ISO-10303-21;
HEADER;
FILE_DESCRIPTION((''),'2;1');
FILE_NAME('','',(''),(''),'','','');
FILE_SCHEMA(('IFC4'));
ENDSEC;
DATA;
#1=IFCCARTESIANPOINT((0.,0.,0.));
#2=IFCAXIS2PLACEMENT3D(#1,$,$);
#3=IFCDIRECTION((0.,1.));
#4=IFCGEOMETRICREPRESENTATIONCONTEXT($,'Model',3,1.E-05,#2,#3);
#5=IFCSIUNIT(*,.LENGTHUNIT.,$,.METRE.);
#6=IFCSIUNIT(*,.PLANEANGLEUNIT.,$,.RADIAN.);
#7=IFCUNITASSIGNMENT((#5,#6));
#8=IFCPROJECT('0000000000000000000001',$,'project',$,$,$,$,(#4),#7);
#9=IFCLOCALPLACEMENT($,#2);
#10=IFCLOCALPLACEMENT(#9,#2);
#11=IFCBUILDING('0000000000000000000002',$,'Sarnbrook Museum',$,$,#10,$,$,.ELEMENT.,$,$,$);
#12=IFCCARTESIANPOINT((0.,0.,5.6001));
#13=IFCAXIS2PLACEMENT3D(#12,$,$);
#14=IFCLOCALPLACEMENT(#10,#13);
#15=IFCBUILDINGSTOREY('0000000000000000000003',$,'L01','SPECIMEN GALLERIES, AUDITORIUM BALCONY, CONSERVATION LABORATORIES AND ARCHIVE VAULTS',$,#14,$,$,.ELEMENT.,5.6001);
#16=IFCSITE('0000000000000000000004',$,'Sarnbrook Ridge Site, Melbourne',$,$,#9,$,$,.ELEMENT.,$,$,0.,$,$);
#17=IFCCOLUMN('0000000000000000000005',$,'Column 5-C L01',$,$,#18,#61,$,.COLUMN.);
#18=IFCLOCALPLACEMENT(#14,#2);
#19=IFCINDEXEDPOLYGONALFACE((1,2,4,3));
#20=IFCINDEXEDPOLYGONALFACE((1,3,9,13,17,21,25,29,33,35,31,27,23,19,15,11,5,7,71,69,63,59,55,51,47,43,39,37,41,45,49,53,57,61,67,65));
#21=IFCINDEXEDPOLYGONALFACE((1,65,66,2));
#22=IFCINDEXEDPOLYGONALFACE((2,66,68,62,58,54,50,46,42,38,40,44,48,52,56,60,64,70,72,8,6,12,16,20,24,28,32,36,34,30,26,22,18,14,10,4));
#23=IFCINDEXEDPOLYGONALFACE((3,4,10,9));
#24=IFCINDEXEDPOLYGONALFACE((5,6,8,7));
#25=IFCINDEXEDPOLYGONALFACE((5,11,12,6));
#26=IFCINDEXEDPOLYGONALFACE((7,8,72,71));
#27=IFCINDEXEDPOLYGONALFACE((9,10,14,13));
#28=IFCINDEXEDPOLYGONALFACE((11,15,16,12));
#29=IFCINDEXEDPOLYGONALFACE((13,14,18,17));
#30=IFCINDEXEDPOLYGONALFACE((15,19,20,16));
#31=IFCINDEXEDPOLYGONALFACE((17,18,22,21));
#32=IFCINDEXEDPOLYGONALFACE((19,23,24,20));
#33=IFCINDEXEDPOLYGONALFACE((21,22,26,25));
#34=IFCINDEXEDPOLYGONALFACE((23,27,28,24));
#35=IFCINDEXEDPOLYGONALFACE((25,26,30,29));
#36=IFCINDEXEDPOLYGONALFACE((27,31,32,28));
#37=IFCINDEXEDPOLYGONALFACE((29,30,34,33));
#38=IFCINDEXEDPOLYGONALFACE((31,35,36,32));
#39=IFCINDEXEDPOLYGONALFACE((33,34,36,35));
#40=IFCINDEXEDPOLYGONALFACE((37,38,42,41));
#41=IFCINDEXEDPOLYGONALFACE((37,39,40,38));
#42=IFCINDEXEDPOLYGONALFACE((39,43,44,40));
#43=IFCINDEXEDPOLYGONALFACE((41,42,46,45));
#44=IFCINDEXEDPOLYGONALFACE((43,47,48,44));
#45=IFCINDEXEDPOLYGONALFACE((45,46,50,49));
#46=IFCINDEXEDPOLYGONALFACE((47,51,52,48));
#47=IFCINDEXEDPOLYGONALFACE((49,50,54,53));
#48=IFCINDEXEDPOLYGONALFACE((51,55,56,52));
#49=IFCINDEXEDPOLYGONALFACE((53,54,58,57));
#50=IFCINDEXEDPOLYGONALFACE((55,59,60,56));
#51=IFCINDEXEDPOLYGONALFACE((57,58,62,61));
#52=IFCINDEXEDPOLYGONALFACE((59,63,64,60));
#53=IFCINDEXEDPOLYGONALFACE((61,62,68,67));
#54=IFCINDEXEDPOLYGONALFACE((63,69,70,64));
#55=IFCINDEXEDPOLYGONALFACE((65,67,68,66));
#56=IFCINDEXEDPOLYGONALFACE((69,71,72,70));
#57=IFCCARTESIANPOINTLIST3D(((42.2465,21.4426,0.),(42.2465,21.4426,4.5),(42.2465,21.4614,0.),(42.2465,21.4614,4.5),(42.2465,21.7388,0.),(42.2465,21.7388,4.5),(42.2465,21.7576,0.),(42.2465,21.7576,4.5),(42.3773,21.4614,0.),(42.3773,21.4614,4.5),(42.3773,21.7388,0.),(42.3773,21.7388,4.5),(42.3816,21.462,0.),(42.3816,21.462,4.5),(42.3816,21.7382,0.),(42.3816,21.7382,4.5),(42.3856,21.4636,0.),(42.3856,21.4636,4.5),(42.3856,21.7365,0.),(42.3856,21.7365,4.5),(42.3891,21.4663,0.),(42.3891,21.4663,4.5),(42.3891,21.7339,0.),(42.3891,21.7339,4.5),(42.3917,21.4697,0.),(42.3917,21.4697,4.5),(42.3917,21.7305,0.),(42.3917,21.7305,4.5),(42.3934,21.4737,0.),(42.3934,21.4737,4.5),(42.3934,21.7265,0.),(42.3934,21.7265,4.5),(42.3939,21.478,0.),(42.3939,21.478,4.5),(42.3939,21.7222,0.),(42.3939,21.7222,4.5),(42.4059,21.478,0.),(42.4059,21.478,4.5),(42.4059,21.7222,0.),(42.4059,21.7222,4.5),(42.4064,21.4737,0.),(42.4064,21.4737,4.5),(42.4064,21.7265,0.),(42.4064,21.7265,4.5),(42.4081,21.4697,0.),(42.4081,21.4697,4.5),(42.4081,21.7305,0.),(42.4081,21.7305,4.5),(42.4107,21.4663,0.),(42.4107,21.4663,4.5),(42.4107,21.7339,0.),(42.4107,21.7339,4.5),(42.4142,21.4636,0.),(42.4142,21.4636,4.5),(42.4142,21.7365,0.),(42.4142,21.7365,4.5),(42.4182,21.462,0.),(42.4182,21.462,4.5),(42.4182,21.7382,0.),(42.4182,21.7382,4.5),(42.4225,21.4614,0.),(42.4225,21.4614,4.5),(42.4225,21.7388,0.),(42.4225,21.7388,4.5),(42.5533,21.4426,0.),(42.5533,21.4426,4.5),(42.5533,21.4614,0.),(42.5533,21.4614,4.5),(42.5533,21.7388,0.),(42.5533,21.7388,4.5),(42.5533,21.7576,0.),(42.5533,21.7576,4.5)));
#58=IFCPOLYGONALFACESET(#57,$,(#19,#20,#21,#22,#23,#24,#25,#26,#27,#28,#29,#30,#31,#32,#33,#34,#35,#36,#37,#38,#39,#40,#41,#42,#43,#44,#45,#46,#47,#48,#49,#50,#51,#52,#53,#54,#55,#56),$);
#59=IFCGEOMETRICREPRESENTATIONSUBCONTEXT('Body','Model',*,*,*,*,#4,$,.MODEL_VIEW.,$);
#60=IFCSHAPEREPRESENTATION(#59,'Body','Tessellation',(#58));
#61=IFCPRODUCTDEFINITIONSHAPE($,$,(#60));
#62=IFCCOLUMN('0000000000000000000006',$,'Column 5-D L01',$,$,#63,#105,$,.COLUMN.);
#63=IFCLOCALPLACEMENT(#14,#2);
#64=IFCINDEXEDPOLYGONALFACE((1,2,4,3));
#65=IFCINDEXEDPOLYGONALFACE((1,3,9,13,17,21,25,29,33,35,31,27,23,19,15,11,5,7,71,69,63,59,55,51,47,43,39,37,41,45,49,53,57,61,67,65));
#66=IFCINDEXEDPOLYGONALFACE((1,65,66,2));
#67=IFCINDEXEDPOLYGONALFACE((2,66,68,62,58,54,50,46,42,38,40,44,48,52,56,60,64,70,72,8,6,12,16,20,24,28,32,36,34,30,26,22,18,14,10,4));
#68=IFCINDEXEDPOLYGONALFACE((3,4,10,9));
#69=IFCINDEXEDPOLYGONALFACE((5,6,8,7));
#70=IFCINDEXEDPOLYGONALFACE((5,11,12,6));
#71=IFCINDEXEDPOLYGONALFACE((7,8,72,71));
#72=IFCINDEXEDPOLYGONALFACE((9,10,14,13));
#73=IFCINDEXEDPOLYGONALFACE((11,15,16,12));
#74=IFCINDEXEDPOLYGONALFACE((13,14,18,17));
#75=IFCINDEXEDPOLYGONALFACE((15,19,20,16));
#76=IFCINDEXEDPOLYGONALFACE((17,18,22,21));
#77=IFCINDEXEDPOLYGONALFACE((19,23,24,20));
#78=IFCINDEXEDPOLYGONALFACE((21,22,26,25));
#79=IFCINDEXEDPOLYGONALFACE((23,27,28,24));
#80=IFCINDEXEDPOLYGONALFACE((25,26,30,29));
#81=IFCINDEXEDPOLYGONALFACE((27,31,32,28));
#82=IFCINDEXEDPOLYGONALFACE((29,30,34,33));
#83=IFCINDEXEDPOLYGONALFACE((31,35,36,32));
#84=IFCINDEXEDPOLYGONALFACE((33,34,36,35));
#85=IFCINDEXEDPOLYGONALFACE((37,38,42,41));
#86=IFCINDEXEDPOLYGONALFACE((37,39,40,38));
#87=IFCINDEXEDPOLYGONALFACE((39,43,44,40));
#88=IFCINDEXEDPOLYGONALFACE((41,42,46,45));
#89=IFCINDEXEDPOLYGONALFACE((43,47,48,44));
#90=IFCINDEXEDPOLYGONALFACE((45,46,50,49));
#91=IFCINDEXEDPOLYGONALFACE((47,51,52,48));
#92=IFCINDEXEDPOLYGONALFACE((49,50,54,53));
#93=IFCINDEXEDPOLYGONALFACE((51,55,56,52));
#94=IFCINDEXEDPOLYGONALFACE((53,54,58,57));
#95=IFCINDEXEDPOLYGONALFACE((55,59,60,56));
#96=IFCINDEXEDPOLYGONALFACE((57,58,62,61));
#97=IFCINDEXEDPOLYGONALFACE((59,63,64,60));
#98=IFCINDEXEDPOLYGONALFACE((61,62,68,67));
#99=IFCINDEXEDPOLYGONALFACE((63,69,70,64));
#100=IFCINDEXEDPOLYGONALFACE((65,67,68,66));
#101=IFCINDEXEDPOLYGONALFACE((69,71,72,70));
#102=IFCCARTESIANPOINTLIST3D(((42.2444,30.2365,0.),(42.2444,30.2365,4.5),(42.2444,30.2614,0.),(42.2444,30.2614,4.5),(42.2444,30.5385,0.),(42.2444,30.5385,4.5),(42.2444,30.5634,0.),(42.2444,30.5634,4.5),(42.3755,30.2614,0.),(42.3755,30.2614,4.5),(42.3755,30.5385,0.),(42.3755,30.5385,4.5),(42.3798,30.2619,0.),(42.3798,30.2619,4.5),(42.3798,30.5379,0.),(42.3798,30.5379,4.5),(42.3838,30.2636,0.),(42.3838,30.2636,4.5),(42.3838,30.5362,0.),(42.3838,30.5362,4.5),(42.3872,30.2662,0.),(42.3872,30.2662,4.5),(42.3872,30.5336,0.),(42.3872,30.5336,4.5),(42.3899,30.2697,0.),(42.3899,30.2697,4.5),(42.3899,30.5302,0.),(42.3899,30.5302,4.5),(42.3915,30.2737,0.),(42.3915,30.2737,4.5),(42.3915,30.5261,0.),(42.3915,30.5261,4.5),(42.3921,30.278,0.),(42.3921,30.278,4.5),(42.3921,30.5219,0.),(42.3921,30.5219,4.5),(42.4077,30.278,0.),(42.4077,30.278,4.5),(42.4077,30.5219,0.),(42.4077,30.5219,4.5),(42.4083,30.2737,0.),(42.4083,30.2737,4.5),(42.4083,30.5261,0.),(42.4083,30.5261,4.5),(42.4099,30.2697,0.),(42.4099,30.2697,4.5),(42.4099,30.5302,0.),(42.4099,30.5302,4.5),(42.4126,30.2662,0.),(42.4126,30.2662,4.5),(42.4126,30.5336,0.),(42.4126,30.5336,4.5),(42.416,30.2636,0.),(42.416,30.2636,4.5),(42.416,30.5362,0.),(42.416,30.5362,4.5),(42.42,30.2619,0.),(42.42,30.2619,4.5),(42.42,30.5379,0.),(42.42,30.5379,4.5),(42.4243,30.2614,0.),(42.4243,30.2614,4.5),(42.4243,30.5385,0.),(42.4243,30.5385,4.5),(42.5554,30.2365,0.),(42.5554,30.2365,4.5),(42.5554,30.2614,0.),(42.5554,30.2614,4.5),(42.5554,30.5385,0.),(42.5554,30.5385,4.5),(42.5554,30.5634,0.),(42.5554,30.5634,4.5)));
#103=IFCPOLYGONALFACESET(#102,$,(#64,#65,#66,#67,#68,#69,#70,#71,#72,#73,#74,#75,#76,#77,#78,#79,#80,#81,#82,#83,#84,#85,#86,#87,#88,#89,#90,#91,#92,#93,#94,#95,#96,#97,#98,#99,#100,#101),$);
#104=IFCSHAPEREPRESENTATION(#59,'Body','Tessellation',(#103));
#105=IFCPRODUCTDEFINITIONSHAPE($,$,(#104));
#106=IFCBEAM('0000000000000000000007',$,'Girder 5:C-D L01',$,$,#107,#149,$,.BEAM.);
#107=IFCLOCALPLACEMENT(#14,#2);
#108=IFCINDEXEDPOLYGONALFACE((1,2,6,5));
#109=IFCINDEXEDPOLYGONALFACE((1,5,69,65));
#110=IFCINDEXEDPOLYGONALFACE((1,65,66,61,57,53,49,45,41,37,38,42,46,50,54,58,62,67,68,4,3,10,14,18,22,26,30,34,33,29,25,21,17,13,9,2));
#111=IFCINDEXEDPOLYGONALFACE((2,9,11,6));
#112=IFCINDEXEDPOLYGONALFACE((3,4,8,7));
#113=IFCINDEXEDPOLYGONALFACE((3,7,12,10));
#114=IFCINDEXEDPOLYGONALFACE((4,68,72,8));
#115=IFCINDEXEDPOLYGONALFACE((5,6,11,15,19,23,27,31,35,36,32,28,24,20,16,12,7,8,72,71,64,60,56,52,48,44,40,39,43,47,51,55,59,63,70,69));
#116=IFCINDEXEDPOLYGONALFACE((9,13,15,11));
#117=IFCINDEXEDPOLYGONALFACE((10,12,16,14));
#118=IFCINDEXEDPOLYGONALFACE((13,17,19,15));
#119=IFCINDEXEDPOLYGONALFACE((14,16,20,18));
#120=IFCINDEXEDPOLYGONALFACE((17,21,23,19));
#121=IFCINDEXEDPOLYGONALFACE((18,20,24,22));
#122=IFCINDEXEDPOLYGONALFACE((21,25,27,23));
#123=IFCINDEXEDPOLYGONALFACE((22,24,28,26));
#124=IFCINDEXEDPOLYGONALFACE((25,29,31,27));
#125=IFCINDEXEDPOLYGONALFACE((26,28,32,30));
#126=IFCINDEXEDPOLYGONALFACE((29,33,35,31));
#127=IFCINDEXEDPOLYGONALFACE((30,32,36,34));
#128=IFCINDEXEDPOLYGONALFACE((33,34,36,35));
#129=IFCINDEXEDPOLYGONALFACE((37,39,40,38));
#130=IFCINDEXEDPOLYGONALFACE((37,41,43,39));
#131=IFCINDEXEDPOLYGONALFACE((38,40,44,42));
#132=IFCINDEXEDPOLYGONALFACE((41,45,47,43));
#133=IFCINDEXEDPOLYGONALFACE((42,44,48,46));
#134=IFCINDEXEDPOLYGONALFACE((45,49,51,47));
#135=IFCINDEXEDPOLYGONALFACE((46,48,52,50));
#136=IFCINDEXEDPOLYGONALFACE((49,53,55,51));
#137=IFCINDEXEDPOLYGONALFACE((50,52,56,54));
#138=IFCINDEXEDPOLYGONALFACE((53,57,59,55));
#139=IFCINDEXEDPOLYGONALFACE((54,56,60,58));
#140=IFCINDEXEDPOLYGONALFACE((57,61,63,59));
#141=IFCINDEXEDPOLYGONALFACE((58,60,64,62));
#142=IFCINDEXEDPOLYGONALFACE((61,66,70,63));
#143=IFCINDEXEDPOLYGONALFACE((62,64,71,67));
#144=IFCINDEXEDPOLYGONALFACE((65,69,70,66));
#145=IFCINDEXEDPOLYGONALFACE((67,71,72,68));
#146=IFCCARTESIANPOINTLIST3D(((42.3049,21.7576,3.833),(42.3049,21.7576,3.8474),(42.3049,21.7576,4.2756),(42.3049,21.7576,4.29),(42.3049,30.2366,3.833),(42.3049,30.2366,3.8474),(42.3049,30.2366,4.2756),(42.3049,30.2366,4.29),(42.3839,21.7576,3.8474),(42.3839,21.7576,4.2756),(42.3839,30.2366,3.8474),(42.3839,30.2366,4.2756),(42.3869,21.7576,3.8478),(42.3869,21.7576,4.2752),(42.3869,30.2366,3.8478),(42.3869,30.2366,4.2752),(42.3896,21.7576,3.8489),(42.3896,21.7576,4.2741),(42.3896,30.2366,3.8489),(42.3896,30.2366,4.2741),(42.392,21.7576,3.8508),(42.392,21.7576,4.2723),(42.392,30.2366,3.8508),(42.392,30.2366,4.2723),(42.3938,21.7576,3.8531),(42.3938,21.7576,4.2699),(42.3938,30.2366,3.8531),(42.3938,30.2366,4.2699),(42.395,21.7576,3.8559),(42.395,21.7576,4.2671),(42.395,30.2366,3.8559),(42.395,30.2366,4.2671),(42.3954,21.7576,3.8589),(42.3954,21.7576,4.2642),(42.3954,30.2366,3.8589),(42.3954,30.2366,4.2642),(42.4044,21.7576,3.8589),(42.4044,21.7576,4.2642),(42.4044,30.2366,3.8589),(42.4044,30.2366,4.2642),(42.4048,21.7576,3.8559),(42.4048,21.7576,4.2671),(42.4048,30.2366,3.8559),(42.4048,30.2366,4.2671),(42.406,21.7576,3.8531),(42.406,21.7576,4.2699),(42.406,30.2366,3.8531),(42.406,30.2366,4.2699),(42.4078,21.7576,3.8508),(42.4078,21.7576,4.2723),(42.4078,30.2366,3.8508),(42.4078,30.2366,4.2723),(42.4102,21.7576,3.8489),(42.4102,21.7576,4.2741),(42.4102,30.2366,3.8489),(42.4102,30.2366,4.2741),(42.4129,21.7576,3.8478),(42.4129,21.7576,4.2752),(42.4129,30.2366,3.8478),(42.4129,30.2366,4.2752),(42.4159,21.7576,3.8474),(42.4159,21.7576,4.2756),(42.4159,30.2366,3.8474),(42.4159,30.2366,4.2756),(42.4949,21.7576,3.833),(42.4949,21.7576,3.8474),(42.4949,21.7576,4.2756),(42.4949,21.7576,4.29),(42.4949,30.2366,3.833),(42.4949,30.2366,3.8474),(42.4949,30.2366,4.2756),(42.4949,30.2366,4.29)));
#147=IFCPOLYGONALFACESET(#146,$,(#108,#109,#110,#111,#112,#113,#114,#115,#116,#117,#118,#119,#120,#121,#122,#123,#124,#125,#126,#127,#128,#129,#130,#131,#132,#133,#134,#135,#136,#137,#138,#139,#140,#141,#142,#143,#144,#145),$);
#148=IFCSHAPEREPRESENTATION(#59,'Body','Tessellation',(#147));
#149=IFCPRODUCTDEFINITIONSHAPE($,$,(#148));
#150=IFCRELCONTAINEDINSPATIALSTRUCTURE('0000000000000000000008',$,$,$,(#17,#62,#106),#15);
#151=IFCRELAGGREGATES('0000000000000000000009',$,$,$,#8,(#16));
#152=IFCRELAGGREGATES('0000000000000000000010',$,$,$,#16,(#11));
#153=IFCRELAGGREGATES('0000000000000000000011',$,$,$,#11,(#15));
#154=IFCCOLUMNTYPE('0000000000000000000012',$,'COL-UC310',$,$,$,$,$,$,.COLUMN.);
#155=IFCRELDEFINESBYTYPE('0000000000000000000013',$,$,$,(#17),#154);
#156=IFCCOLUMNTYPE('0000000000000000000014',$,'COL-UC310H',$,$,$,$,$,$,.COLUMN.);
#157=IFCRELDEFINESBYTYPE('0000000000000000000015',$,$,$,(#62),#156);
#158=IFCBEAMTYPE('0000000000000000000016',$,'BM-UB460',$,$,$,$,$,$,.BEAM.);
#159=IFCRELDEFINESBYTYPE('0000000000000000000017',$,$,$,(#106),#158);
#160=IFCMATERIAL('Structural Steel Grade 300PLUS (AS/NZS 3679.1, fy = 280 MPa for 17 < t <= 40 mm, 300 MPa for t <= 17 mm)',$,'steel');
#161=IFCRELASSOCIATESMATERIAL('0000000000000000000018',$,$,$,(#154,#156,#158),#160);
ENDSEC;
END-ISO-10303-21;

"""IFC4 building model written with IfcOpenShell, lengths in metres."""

from ifc_helpers import new_model, si_unit, direction, frame, origin, origin_2d, place, context, subcontext, project, spatial, i_section, extrude, material, material_profile, profile_set, type_object, element, save


model = new_model("IFC4")

# Units and contexts
model_context = context("Model", 3, precision=1e-05, world=origin(), true_north=direction((0.0, 1.0)))
body_context = subcontext(model_context, "Body", "Model", "MODEL_VIEW")
ifc_project = project(units=[si_unit("LENGTHUNIT", "METRE"), si_unit("PLANEANGLEUNIT", "RADIAN")], contexts=[model_context])

# Site, building, storey
site_placement = place(None, origin())
site = spatial("IfcSite", under=ifc_project, at=site_placement, Name="Sarnbrook Ridge Site, Melbourne", CompositionType="ELEMENT", RefElevation=0.0)
building_placement = place(site_placement, origin())
building = spatial("IfcBuilding", under=site, at=building_placement, Name="Sarnbrook Museum", CompositionType="ELEMENT")
storey_placement = place(building_placement, frame((0.0, 0.0, 5.6001)))
storey = spatial("IfcBuildingStorey", under=building, at=storey_placement, Name="L01", Description="SPECIMEN GALLERIES, AUDITORIUM BALCONY, CONSERVATION LABORATORIES AND ARCHIVE VAULTS", CompositionType="ELEMENT", Elevation=5.6001)

# Columns
ifc_material_1 = material(Name="Structural Steel Grade 300PLUS (AS/NZS 3679.1, fy = 280 MPa for 17 < t <= 40 mm, 300 MPa for t <= 17 mm)", Category="steel")
ifc_material_profile_1 = material_profile(ifc_material_1, i_section(OverallWidth=0.3069, OverallDepth=0.3149, WebThickness=0.012, FlangeThickness=0.0188, FilletRadius=0.0166, at=origin_2d()), Name="310UC118")
ifc_profile_set_1 = profile_set([ifc_material_profile_1], Name="Structural Steel Grade 300PLUS (AS/NZS 3679.1, fy = 280 MPa for 17 < t <= 40 mm, 300 MPa for t <= 17 mm)")
column_type_1 = type_object("IfcColumnType", Name="COL-UC310", PredefinedType="COLUMN", material=ifc_profile_set_1)
column_1_placement = place(storey_placement, frame((42.3999, 21.6001, 0.0), z_axis=(0.0, 0.0, 1.0), x_axis=(1.0, 0.0, 0.0)))
element("IfcColumn", 1, at=column_1_placement, inside=storey, type_object=column_type_1, Name="Column 5-C L01", PredefinedType="COLUMN", context=body_context, shape_type="SweptSolid", body=[
    extrude(i_section(OverallWidth=0.3069, OverallDepth=0.3149, WebThickness=0.012, FlangeThickness=0.0188, FilletRadius=0.0166, at=origin_2d()), origin(), (0.0, 0.0, 1.0), 4.5),
])
ifc_material_profile_2 = material_profile(ifc_material_1, i_section(OverallWidth=0.311, OverallDepth=0.3269, WebThickness=0.0156, FlangeThickness=0.0249, FilletRadius=0.0166, at=origin_2d()), Name="310UC158")
ifc_profile_set_2 = profile_set([ifc_material_profile_2], Name="Structural Steel Grade 300PLUS (AS/NZS 3679.1, fy = 280 MPa for 17 < t <= 40 mm, 300 MPa for t <= 17 mm)")
column_type_2 = type_object("IfcColumnType", Name="COL-UC310H", PredefinedType="COLUMN", material=ifc_profile_set_2)
column_2_placement = place(storey_placement, frame((42.3999, 30.3999, 0.0), z_axis=(0.0, 0.0, 1.0), x_axis=(1.0, 0.0, 0.0)))
element("IfcColumn", 2, at=column_2_placement, inside=storey, type_object=column_type_2, Name="Column 5-D L01", PredefinedType="COLUMN", context=body_context, shape_type="SweptSolid", body=[
    extrude(i_section(OverallWidth=0.311, OverallDepth=0.3269, WebThickness=0.0156, FlangeThickness=0.0249, FilletRadius=0.0166, at=origin_2d()), origin(), (0.0, 0.0, 1.0), 4.5),
])

# Beam
ifc_material_profile_3 = material_profile(ifc_material_1, i_section(OverallWidth=0.1899, OverallDepth=0.457, WebThickness=0.009, FlangeThickness=0.0144, FilletRadius=0.0115, at=origin_2d()), Name="460UB74.6")
ifc_profile_set_3 = profile_set([ifc_material_profile_3], Name="Structural Steel Grade 300PLUS (AS/NZS 3679.1, fy = 280 MPa for 17 < t <= 40 mm, 300 MPa for t <= 17 mm)")
beam_type_1 = type_object("IfcBeamType", Name="BM-UB460", PredefinedType="BEAM", material=ifc_profile_set_3)
beam_1_placement = place(storey_placement, frame((42.3999, 21.7576, 4.0615), z_axis=(0.0, 1.0, 0.0), x_axis=(-1.0, 0.0, 0.0)))
element("IfcBeam", 3, at=beam_1_placement, inside=storey, type_object=beam_type_1, Name="Girder 5:C-D L01", PredefinedType="BEAM", context=body_context, shape_type="SweptSolid", body=[
    extrude(i_section(OverallWidth=0.1899, OverallDepth=0.457, WebThickness=0.009, FlangeThickness=0.0144, FilletRadius=0.0115, at=origin_2d()), origin(), (0.0, 0.0, 1.0), 8.479),
])

save(model, "model.ifc")
